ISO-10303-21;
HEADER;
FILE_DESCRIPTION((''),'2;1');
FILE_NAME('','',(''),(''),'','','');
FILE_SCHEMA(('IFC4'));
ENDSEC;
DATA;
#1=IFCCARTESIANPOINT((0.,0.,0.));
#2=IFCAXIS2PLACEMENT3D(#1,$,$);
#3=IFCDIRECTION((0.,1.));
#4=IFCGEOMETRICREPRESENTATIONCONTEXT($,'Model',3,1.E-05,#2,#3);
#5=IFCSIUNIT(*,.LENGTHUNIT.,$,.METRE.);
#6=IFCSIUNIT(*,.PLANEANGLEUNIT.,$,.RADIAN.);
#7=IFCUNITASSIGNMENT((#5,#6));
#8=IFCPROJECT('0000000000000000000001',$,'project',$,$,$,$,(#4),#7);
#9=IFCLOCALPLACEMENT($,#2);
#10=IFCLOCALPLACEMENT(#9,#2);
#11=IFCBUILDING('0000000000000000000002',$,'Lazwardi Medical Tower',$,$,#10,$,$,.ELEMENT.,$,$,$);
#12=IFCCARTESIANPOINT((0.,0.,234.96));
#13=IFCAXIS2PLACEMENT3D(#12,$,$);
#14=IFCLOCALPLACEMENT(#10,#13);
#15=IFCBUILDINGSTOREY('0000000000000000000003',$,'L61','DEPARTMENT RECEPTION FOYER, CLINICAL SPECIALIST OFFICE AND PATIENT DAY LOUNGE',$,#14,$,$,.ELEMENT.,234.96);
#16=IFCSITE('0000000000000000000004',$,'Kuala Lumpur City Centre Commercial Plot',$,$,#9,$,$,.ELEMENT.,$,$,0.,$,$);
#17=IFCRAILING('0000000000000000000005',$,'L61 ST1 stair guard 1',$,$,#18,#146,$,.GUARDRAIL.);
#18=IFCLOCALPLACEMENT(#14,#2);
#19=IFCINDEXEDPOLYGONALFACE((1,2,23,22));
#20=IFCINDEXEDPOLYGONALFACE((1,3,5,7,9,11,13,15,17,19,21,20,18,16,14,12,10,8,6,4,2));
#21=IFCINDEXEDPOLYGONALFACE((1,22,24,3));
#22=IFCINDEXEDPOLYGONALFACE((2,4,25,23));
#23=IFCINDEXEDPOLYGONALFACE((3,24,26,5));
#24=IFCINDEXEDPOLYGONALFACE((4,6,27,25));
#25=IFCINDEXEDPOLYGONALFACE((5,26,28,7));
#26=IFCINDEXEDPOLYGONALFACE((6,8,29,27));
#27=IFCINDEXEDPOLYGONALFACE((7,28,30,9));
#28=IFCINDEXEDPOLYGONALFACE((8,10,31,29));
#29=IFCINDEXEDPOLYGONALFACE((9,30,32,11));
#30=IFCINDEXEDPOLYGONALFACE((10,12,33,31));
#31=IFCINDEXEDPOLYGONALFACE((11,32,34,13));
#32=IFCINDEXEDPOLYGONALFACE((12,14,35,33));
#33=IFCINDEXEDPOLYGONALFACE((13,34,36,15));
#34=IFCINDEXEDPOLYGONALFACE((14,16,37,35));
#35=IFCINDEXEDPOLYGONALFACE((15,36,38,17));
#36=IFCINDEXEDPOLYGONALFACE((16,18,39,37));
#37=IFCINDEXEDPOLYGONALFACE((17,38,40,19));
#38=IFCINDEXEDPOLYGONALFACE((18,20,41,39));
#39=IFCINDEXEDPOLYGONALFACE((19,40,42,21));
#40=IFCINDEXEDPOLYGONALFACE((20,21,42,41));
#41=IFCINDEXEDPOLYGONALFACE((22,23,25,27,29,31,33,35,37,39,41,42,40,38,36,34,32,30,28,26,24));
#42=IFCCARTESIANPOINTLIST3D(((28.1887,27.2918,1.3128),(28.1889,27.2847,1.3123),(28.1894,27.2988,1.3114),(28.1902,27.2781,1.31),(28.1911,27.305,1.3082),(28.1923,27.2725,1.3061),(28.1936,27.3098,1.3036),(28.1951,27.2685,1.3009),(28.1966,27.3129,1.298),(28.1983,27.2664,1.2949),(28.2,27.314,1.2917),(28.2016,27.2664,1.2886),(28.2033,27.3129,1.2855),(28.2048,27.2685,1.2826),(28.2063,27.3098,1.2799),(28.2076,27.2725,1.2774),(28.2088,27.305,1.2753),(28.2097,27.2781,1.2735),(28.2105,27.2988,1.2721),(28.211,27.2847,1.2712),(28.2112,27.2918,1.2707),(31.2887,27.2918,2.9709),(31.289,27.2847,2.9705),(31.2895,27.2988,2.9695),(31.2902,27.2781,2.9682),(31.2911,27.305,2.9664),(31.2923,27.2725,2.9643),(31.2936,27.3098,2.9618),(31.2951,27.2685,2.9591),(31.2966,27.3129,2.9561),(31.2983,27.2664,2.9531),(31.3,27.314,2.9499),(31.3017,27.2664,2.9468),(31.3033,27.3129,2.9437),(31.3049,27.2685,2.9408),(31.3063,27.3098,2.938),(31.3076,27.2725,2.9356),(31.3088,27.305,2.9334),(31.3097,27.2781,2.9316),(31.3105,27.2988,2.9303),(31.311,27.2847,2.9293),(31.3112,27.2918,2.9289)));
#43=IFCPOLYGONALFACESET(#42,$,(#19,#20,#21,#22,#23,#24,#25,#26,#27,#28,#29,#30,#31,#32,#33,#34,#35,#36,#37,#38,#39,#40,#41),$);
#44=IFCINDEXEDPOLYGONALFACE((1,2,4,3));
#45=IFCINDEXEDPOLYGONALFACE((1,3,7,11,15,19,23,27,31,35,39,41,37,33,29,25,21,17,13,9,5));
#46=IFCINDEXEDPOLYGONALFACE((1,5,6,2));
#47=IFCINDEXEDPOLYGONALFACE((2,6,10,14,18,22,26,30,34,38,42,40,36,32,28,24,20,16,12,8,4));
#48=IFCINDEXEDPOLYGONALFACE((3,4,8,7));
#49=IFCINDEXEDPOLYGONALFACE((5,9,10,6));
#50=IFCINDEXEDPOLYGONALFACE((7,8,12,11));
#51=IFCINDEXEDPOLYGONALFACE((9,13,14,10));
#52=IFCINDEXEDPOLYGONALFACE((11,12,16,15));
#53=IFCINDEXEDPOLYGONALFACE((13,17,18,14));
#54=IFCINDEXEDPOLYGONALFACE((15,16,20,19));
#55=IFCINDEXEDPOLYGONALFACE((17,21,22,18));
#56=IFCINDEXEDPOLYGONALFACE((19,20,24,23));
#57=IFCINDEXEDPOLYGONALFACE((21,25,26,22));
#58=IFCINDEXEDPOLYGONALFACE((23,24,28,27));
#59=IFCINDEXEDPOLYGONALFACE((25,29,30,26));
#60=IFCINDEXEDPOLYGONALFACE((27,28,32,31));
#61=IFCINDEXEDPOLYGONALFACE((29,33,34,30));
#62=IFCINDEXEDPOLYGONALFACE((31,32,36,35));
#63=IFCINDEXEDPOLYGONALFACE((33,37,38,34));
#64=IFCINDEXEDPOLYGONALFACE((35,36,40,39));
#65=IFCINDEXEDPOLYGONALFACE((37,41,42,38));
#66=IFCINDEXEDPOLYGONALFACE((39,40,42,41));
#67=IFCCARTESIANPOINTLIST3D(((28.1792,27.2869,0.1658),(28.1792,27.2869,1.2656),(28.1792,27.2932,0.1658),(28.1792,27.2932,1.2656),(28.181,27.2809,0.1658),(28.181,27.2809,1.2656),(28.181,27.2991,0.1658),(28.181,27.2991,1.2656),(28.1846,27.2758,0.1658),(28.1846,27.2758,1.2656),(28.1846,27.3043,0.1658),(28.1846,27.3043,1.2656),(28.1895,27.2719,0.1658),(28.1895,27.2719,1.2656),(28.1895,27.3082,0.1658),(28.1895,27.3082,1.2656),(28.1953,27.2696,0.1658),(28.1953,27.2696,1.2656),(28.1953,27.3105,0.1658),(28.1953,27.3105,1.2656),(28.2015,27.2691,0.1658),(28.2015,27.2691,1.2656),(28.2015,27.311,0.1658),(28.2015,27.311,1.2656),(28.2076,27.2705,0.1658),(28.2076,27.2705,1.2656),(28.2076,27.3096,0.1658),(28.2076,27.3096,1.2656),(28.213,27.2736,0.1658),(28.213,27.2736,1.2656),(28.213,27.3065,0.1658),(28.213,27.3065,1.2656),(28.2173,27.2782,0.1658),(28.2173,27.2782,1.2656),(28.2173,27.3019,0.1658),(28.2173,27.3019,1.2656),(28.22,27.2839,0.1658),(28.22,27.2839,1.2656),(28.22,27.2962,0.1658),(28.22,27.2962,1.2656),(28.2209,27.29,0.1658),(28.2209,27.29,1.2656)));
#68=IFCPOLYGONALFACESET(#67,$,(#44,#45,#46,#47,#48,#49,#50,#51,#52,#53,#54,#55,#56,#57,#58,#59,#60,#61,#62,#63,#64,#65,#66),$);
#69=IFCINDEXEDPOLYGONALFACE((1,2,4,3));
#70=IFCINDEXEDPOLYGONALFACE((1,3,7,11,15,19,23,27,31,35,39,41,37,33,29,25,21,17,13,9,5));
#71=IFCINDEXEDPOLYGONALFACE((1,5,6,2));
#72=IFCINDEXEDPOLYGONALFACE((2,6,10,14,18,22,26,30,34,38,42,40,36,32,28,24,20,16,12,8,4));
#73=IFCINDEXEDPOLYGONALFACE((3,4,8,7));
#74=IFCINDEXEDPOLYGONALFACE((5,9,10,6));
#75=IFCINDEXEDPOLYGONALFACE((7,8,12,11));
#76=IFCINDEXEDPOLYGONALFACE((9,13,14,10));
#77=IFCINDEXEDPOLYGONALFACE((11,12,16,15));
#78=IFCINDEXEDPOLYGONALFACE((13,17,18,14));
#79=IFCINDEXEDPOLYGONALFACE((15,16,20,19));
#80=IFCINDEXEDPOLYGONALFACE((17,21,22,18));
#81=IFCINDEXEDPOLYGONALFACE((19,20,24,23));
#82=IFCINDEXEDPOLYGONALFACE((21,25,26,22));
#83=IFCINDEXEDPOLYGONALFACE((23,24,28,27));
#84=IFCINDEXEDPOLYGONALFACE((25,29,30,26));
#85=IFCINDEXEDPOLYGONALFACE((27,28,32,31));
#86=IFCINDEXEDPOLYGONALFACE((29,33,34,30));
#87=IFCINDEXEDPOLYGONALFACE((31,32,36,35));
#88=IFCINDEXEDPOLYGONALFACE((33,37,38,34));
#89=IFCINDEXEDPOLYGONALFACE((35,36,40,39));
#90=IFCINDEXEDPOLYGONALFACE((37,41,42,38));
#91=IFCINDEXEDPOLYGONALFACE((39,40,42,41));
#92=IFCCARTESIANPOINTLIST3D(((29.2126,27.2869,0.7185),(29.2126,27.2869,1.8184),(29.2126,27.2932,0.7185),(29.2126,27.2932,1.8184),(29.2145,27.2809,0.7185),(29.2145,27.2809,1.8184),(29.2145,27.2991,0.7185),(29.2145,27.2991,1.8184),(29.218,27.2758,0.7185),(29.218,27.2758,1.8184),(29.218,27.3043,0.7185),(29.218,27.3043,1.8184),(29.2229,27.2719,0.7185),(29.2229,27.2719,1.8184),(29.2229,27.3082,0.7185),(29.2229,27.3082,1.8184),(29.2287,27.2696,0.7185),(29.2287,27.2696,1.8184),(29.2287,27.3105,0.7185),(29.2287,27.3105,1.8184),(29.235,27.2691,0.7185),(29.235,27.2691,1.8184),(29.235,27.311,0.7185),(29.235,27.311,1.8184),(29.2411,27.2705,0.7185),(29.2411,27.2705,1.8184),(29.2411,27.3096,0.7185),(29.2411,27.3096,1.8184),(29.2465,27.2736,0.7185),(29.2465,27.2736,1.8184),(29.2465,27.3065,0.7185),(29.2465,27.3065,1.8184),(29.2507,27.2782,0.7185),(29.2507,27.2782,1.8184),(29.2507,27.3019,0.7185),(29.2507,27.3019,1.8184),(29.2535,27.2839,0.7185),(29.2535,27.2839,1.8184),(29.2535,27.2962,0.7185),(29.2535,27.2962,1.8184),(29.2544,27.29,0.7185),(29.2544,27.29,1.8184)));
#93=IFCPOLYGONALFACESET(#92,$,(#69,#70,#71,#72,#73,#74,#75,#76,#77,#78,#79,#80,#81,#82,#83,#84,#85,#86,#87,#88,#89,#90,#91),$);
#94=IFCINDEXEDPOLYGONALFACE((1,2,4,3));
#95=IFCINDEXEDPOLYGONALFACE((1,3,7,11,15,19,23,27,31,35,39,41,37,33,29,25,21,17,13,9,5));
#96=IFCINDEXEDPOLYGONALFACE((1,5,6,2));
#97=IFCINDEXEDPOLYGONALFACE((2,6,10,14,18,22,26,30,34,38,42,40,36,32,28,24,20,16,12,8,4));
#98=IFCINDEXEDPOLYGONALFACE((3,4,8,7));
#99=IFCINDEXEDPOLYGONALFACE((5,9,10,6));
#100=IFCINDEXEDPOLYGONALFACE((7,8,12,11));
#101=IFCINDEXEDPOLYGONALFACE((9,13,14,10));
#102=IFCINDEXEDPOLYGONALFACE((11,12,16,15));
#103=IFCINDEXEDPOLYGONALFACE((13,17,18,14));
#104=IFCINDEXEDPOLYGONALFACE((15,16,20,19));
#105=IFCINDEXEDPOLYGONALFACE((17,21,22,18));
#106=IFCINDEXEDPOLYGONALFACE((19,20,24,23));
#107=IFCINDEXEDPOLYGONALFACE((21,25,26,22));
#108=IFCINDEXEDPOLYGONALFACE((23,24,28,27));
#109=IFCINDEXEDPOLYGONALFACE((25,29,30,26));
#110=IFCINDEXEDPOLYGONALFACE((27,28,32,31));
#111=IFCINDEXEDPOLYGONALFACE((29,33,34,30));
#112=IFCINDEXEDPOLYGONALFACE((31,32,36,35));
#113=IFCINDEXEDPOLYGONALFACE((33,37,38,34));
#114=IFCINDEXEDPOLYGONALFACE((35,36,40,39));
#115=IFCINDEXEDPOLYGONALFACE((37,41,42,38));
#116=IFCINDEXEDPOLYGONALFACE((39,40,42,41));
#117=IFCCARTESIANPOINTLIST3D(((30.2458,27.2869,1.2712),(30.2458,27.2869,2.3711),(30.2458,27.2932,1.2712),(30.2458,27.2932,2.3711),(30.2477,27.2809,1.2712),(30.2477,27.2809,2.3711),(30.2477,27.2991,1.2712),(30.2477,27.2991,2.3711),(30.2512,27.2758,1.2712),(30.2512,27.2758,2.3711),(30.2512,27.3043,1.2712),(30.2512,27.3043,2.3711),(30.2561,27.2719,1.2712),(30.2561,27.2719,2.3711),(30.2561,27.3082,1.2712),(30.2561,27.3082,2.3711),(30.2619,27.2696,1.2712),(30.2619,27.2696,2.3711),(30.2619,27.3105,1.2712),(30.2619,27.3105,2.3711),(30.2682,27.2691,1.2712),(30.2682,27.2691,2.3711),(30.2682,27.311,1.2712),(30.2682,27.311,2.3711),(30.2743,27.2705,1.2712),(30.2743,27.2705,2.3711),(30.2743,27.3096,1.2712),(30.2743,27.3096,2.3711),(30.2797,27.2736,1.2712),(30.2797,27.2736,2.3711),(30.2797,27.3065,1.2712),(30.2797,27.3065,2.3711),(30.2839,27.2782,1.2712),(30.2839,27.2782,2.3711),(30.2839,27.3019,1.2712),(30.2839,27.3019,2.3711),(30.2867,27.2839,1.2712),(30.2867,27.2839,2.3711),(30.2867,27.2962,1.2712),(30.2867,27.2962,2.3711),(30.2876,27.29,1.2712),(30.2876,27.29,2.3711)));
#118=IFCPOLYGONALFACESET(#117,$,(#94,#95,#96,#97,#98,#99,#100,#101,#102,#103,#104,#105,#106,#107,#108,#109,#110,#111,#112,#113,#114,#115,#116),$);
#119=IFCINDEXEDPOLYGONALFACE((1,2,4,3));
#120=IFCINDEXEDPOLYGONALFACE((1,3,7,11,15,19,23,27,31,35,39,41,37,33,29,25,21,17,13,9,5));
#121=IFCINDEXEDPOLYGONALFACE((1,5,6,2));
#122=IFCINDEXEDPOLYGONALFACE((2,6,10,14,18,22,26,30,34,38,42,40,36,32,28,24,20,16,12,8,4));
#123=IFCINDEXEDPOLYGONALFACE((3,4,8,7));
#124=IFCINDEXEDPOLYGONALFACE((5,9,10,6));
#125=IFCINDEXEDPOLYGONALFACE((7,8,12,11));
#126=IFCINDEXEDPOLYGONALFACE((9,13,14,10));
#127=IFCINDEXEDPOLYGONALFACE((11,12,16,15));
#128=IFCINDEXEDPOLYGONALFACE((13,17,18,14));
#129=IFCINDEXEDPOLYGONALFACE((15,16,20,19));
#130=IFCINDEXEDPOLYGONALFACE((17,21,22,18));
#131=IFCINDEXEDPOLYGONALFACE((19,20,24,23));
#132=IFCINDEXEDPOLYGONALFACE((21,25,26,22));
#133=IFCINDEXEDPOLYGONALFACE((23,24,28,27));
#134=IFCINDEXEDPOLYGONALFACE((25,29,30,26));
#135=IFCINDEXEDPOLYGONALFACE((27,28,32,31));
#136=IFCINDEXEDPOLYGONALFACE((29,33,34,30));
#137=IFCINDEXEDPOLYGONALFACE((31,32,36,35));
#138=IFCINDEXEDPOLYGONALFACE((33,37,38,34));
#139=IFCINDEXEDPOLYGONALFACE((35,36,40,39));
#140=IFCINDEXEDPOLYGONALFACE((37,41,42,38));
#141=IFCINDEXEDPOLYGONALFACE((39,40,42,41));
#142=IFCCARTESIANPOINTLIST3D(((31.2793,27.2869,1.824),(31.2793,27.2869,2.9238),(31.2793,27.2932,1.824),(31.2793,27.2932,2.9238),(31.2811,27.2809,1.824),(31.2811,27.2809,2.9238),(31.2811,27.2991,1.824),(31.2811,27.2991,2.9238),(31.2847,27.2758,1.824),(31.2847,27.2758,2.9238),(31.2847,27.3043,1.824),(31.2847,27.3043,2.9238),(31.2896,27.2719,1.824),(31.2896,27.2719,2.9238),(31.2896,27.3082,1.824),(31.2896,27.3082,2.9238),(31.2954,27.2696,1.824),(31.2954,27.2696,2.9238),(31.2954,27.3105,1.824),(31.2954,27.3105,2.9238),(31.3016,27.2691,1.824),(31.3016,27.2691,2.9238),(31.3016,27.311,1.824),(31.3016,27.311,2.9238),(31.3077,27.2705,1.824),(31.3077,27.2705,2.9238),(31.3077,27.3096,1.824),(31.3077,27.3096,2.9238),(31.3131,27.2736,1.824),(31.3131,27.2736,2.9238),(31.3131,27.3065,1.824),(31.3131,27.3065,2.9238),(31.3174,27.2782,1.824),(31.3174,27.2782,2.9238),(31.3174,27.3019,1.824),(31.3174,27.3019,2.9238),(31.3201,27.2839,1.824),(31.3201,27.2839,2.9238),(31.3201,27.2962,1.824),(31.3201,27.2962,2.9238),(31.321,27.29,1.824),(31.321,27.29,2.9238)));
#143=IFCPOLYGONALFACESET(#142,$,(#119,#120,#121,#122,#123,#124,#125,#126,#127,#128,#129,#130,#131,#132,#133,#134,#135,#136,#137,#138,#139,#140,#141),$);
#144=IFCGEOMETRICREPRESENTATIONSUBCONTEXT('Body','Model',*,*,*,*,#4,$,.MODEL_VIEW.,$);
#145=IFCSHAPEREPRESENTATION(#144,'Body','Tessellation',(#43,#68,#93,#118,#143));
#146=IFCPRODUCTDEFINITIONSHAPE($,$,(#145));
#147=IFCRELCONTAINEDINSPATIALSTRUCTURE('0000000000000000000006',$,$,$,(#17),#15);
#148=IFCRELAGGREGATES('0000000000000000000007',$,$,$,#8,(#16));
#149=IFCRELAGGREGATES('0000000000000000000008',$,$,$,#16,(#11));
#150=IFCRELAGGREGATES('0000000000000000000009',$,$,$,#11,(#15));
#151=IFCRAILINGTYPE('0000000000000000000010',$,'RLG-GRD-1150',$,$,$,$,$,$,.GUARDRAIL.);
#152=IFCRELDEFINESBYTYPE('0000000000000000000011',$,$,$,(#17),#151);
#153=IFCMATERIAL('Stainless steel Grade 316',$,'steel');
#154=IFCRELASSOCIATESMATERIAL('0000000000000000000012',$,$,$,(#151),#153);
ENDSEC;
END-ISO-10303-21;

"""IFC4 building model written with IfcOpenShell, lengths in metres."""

from ifc_helpers import new_model, si_unit, direction, frame, origin, origin_2d, place, context, subcontext, project, spatial, circle, extrude, material, type_object, element, save


model = new_model("IFC4")

# Units and contexts
model_context = context("Model", 3, precision=1e-05, world=origin(), true_north=direction((0.0, 1.0)))
body_context = subcontext(model_context, "Body", "Model", "MODEL_VIEW")
ifc_project = project(units=[si_unit("LENGTHUNIT", "METRE"), si_unit("PLANEANGLEUNIT", "RADIAN")], contexts=[model_context])

# Site, building, storey
site_placement = place(None, origin())
site = spatial("IfcSite", under=ifc_project, at=site_placement, Name="Kuala Lumpur City Centre Commercial Plot", CompositionType="ELEMENT", RefElevation=0.0)
building_placement = place(site_placement, origin())
building = spatial("IfcBuilding", under=site, at=building_placement, Name="Lazwardi Medical Tower", CompositionType="ELEMENT")
storey_placement = place(building_placement, frame((0.0, 0.0, 234.96)))
storey = spatial("IfcBuildingStorey", under=building, at=storey_placement, Name="L61", Description="DEPARTMENT RECEPTION FOYER, CLINICAL SPECIALIST OFFICE AND PATIENT DAY LOUNGE", CompositionType="ELEMENT", Elevation=234.96)

# Railing
ifc_material_1 = material(Name="Stainless steel Grade 316", Category="steel")
railing_type_1 = type_object("IfcRailingType", Name="RLG-GRD-1150", PredefinedType="GUARDRAIL", material=ifc_material_1)
railing_1_placement = place(storey_placement, frame((28.2, 27.29, 0.1658)))
element("IfcRailing", 1, at=railing_1_placement, inside=storey, type_object=railing_type_1, Name="L61 ST1 stair guard 1", PredefinedType="GUARDRAIL", context=body_context, shape_type="SweptSolid", body=[
    extrude(circle(Radius=0.0239, at=origin_2d()), frame((0.0, 0.0, 1.126), z_axis=(0.881783, 0.0, 0.471655), x_axis=(0.0, 1.0, 0.0)), (0.0, 0.0, 1.0), 3.5156),
    extrude(circle(Radius=0.021, at=origin_2d()), origin(), (0.0, 0.0, 1.0), 1.0999),
    extrude(circle(Radius=0.021, at=origin_2d()), frame((1.0334, 0.0, 0.5527)), (0.0, 0.0, 1.0), 1.0999),
    extrude(circle(Radius=0.021, at=origin_2d()), frame((2.0667, 0.0, 1.1055)), (0.0, 0.0, 1.0), 1.0999),
    extrude(circle(Radius=0.021, at=origin_2d()), frame((3.1001, 0.0, 1.6582)), (0.0, 0.0, 1.0), 1.0999),
])

save(model, "model.ifc")
